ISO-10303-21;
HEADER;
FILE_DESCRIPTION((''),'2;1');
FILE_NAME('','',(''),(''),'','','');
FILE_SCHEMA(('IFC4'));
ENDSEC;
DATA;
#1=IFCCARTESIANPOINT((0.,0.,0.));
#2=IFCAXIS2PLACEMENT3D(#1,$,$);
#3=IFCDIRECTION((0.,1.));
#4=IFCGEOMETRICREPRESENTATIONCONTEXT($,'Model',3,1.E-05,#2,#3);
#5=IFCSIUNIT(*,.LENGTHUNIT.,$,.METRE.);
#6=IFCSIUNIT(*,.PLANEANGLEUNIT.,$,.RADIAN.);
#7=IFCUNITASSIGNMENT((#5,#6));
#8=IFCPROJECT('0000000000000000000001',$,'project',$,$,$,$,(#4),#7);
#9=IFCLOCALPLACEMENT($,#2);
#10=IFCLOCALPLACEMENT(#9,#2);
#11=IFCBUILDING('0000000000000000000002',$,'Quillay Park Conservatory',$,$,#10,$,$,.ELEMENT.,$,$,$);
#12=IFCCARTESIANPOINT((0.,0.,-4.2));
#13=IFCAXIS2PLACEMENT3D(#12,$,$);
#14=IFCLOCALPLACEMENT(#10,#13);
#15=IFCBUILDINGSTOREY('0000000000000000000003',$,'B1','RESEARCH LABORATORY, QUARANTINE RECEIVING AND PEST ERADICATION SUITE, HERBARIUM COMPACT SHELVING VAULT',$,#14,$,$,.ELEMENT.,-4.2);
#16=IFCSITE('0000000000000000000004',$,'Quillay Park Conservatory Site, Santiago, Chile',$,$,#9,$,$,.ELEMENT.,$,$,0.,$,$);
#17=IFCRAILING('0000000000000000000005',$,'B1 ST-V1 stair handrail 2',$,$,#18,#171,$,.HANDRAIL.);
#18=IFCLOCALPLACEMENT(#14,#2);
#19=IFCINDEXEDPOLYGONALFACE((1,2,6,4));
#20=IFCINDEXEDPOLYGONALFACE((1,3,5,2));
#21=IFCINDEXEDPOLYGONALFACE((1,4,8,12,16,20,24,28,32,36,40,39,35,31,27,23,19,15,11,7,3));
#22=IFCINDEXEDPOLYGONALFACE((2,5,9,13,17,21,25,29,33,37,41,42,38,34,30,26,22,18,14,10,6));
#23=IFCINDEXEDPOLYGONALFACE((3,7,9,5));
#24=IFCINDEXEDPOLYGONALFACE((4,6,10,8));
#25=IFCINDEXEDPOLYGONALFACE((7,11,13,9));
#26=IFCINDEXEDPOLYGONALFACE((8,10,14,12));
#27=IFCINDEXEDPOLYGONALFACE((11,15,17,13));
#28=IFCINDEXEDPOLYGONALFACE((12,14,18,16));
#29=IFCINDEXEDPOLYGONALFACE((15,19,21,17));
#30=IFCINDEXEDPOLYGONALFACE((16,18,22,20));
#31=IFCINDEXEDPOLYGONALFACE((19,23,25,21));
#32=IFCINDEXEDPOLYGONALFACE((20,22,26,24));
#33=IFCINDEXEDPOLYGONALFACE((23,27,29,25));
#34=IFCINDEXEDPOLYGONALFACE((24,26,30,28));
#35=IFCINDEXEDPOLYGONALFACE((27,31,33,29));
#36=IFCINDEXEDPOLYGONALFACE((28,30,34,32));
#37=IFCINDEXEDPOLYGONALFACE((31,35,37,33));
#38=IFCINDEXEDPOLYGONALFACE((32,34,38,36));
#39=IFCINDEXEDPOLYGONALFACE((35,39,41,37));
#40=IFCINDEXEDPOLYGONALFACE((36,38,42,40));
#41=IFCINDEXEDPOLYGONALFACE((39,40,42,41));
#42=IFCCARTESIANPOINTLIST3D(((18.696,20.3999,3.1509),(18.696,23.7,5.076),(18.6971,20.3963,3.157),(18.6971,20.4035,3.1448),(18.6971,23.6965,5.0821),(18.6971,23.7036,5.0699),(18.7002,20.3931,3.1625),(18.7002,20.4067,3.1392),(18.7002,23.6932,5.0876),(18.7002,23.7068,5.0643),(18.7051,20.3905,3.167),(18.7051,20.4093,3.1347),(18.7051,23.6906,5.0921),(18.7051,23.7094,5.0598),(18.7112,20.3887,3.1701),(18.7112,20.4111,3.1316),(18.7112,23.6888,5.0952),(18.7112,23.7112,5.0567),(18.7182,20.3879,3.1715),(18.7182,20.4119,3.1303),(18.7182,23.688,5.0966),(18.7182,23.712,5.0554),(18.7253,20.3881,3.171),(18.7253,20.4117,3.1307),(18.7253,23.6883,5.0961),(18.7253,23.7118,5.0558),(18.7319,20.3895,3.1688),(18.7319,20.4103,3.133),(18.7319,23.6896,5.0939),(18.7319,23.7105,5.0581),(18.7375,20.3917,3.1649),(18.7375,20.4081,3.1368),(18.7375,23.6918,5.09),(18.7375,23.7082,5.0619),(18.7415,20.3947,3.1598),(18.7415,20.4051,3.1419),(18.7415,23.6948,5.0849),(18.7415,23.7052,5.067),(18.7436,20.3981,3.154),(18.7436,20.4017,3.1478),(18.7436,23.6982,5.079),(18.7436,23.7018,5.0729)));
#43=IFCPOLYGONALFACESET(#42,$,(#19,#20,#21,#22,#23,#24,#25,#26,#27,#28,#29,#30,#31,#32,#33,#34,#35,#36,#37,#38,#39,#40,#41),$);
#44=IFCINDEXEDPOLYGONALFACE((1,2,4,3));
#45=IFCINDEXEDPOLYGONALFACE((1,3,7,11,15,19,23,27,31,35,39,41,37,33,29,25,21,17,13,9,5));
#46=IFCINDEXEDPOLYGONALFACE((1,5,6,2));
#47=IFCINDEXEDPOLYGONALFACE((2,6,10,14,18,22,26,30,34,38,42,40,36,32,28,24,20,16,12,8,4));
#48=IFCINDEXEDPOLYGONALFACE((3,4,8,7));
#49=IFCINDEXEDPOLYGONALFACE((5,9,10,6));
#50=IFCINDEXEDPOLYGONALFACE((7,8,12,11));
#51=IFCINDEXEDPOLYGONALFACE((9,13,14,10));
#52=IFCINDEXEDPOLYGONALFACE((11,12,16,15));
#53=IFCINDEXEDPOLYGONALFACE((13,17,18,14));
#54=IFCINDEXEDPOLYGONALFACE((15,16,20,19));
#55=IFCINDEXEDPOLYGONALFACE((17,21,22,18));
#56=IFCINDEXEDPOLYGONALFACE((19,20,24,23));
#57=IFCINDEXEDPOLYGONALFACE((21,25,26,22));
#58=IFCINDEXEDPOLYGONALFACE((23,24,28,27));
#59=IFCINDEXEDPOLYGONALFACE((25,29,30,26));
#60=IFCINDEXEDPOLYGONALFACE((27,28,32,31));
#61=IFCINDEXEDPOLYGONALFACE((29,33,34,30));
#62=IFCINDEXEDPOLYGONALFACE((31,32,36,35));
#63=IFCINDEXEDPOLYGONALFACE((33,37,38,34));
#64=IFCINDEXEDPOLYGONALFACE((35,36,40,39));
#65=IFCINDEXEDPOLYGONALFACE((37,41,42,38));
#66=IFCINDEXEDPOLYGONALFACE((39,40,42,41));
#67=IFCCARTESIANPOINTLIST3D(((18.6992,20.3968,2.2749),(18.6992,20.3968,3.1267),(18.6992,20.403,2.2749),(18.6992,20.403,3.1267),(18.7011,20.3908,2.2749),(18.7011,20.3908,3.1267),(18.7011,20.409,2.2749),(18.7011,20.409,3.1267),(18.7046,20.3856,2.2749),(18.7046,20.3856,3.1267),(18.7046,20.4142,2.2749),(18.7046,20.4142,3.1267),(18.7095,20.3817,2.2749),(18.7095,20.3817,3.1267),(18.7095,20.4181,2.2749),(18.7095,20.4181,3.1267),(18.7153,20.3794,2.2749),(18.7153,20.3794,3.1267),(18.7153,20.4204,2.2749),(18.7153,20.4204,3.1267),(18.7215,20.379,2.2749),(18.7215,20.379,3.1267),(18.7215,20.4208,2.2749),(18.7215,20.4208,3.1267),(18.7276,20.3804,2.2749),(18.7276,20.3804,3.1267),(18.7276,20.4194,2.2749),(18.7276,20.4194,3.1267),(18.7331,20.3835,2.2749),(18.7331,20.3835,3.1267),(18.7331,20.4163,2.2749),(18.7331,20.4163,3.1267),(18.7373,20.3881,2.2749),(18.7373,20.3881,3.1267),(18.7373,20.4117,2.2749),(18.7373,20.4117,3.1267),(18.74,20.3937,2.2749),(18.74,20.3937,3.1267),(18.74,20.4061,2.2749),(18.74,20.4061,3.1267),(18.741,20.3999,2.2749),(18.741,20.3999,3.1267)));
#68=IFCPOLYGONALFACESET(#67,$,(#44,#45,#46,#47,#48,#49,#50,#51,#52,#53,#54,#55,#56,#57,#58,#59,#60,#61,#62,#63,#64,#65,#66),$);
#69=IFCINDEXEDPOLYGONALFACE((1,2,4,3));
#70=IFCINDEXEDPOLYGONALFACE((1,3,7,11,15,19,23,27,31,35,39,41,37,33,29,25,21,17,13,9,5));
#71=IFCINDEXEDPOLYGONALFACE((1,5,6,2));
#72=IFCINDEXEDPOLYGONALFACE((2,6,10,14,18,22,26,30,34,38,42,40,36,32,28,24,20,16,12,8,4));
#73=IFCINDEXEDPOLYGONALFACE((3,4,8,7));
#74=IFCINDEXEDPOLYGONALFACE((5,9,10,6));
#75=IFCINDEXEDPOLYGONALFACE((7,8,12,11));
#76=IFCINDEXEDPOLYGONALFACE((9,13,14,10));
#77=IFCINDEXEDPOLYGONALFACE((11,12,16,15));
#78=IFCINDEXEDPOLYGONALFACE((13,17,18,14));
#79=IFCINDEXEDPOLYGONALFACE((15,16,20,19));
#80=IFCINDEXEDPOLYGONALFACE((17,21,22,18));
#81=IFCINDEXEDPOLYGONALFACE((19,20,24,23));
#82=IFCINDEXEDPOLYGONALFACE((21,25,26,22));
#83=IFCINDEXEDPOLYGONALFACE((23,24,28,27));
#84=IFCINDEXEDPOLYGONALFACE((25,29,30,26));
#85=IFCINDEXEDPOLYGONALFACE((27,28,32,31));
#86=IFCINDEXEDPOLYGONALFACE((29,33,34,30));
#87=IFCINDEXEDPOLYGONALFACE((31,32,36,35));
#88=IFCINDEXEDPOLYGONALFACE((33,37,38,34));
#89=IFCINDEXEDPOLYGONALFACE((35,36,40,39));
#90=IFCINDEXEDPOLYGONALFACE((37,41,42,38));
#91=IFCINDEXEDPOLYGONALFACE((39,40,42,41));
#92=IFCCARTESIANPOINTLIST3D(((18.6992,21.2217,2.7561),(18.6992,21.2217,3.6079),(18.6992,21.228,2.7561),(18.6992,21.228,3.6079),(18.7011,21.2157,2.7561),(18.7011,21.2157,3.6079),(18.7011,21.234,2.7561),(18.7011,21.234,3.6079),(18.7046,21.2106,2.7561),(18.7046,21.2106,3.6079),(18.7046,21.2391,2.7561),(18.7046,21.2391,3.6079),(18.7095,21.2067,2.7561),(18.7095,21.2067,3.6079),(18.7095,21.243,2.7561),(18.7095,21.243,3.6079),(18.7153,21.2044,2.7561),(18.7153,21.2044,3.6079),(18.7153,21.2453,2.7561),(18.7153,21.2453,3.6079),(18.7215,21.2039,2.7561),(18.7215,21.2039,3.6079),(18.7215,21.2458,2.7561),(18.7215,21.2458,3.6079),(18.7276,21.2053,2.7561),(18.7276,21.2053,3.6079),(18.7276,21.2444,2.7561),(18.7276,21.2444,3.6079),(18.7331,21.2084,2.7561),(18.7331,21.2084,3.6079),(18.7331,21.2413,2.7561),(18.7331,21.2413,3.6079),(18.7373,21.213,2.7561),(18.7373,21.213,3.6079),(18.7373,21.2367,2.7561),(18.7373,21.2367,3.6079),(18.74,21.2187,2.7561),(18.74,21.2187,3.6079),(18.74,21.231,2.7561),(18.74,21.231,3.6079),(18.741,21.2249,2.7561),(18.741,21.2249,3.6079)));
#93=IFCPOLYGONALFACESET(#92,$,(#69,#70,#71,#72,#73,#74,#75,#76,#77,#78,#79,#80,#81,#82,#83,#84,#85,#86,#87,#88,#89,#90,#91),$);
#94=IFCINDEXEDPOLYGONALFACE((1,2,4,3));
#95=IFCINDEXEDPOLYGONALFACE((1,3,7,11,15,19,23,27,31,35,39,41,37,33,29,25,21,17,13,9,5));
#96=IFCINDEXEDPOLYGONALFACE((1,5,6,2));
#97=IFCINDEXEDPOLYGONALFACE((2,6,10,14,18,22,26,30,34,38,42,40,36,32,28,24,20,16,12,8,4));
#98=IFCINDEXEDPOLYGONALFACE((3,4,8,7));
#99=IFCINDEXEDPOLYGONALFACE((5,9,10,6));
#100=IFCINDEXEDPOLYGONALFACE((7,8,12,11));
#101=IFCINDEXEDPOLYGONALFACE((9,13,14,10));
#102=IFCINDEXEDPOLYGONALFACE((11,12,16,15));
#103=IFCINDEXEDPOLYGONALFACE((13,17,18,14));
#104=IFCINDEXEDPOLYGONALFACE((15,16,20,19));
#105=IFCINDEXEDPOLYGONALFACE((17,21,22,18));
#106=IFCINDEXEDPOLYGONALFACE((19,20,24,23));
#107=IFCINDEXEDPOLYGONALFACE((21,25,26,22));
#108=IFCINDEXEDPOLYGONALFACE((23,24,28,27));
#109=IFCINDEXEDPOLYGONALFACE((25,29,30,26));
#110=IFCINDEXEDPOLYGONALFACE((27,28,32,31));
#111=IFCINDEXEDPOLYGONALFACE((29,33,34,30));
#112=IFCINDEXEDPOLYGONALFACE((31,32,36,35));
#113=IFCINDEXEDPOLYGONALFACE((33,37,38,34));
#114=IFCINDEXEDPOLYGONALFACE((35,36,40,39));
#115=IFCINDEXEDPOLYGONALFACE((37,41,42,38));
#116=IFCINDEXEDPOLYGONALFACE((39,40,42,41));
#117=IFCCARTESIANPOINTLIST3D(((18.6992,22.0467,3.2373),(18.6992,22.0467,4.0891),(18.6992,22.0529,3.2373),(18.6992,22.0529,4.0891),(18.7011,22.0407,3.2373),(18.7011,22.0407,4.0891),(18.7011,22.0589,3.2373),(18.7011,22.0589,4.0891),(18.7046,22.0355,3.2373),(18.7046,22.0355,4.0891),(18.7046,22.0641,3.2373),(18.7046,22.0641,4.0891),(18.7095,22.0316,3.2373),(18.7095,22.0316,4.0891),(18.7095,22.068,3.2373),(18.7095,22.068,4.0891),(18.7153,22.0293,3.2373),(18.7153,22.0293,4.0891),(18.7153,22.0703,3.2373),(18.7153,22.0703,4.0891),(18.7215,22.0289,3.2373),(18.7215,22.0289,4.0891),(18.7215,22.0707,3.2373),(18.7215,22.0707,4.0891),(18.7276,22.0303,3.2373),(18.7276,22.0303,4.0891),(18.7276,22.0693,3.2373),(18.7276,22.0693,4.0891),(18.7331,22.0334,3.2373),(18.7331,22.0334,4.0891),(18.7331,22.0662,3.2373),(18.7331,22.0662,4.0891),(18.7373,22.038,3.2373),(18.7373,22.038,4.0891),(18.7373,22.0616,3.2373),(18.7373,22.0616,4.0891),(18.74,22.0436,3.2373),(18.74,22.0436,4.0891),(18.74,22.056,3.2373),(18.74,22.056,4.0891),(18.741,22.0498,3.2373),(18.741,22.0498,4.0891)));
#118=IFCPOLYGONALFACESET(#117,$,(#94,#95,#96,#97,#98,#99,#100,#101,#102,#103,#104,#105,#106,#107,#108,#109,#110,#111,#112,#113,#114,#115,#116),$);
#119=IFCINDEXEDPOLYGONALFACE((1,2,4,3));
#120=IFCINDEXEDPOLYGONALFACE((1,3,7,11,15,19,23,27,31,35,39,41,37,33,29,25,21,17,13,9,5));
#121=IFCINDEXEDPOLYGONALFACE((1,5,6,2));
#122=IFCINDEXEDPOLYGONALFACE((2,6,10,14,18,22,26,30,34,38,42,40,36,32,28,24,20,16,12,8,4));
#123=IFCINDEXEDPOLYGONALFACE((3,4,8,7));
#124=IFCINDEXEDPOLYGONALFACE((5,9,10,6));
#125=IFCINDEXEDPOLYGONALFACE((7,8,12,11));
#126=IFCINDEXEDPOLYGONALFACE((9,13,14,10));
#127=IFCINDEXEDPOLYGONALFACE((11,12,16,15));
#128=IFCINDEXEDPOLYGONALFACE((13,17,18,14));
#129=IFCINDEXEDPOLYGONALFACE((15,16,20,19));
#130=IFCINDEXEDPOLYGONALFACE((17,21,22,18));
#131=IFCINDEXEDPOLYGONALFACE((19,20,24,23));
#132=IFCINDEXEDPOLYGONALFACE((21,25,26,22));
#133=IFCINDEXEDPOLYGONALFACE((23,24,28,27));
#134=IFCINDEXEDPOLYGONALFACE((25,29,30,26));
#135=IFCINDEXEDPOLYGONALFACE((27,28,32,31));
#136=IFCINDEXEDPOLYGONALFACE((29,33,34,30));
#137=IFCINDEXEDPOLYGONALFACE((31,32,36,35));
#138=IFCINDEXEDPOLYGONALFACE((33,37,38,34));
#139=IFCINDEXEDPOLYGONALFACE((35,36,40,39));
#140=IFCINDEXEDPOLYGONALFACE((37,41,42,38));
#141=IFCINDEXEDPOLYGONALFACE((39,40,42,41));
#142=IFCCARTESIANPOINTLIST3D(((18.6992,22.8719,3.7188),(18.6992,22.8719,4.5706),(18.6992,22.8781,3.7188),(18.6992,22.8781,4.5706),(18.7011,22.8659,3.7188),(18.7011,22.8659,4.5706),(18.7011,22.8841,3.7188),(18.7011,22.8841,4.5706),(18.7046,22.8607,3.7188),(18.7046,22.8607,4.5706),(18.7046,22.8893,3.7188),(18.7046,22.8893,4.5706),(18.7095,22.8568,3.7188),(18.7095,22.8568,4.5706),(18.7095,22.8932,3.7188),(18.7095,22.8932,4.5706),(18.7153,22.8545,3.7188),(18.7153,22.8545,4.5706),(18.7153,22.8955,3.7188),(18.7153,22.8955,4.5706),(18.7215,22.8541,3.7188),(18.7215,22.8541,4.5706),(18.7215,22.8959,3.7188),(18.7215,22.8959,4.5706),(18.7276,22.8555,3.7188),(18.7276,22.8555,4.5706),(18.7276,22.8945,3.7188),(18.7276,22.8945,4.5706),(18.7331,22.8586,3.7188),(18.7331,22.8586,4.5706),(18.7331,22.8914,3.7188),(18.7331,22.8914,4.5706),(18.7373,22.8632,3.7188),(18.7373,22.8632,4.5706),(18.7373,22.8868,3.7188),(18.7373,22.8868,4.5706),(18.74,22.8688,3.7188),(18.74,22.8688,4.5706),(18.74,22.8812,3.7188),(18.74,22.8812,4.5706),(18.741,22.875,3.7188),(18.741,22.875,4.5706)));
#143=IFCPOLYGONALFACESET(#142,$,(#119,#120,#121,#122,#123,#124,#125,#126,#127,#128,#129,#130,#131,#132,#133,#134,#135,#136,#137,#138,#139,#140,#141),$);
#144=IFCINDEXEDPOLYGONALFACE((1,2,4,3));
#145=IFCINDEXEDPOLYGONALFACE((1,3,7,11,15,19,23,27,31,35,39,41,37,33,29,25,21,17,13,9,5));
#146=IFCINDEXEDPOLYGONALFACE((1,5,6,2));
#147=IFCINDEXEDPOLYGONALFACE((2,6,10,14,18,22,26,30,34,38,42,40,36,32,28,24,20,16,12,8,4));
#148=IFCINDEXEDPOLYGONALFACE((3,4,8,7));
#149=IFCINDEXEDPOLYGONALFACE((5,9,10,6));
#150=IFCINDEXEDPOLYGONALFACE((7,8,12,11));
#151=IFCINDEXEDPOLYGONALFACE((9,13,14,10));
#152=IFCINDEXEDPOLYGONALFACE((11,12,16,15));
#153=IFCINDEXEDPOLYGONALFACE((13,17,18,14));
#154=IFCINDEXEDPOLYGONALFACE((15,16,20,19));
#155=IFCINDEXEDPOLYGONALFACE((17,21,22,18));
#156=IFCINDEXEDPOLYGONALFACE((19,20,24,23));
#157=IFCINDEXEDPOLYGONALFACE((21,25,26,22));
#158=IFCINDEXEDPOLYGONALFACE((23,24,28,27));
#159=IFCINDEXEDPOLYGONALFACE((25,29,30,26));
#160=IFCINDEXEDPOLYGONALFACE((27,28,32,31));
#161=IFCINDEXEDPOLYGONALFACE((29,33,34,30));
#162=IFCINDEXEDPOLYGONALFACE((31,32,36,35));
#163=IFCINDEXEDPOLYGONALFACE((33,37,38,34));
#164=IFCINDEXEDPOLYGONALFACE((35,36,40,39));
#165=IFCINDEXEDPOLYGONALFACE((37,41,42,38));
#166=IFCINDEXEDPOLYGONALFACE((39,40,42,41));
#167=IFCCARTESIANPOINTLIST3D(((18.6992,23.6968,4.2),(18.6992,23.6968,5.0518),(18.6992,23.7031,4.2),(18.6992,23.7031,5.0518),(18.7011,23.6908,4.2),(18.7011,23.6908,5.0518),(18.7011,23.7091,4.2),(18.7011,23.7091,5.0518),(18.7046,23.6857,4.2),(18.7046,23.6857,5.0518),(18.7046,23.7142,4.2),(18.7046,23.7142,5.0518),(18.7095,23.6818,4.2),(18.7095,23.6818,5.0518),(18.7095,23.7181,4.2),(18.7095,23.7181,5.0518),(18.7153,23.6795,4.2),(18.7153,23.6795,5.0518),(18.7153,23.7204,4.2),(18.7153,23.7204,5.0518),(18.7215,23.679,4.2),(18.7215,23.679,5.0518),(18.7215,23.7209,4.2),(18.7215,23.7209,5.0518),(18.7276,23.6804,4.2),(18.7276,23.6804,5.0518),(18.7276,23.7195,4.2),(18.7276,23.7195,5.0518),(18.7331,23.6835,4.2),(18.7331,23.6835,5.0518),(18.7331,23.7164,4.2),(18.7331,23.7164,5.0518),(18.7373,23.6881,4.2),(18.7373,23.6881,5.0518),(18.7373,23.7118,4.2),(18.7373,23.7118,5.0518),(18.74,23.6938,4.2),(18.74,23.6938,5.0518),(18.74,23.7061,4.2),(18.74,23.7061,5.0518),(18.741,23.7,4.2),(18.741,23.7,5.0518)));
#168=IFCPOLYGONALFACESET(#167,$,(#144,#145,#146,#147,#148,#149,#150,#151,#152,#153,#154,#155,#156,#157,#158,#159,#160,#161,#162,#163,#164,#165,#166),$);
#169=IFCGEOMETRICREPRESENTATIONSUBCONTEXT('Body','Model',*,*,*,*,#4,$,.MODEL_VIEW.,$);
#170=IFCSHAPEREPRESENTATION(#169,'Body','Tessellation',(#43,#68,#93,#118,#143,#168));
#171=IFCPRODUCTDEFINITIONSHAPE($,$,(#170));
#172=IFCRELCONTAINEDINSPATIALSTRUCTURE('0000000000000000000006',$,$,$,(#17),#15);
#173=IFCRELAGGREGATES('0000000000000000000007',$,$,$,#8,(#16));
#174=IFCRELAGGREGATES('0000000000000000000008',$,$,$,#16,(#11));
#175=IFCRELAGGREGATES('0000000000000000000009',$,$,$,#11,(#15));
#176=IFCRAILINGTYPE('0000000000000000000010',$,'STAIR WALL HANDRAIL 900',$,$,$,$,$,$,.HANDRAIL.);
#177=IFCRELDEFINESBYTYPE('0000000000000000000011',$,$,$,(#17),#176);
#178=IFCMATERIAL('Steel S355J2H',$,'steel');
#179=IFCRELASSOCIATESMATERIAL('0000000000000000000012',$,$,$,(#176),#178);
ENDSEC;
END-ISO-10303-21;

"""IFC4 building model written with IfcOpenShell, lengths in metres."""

from ifc_helpers import new_model, si_unit, direction, frame, origin, origin_2d, place, context, subcontext, project, spatial, circle, extrude, material, type_object, element, save


model = new_model("IFC4")

# Units and contexts
model_context = context("Model", 3, precision=1e-05, world=origin(), true_north=direction((0.0, 1.0)))
body_context = subcontext(model_context, "Body", "Model", "MODEL_VIEW")
ifc_project = project(units=[si_unit("LENGTHUNIT", "METRE"), si_unit("PLANEANGLEUNIT", "RADIAN")], contexts=[model_context])

# Site, building, storey
site_placement = place(None, origin())
site = spatial("IfcSite", under=ifc_project, at=site_placement, Name="Quillay Park Conservatory Site, Santiago, Chile", CompositionType="ELEMENT", RefElevation=0.0)
building_placement = place(site_placement, origin())
building = spatial("IfcBuilding", under=site, at=building_placement, Name="Quillay Park Conservatory", CompositionType="ELEMENT")
storey_placement = place(building_placement, frame((0.0, 0.0, -4.2)))
storey = spatial("IfcBuildingStorey", under=building, at=storey_placement, Name="B1", Description="RESEARCH LABORATORY, QUARANTINE RECEIVING AND PEST ERADICATION SUITE, HERBARIUM COMPACT SHELVING VAULT", CompositionType="ELEMENT", Elevation=-4.2)

# Railing
ifc_material_1 = material(Name="Steel S355J2H", Category="steel")
railing_type_1 = type_object("IfcRailingType", Name="STAIR WALL HANDRAIL 900", PredefinedType="HANDRAIL", material=ifc_material_1)
railing_1_placement = place(storey_placement, frame((18.72, 20.3999, 2.2749)))
element("IfcRailing", 1, at=railing_1_placement, inside=storey, type_object=railing_type_1, Name="B1 ST-V1 stair handrail 2", PredefinedType="HANDRAIL", context=body_context, shape_type="SweptSolid", body=[
    extrude(circle(Radius=0.0239, at=origin_2d()), frame((0.0, 0.0, 0.876), z_axis=(0.0, 0.863777, 0.503875), x_axis=(-1.0, 0.0, 0.0)), (0.0, 0.0, 1.0), 3.8206),
    extrude(circle(Radius=0.021, at=origin_2d()), origin(), (0.0, 0.0, 1.0), 0.8518),
    extrude(circle(Radius=0.021, at=origin_2d()), frame((0.0, 0.825, 0.4812)), (0.0, 0.0, 1.0), 0.8518),
    extrude(circle(Radius=0.021, at=origin_2d()), frame((0.0, 1.6499, 0.9624)), (0.0, 0.0, 1.0), 0.8518),
    extrude(circle(Radius=0.021, at=origin_2d()), frame((0.0, 2.4751, 1.4438)), (0.0, 0.0, 1.0), 0.8518),
    extrude(circle(Radius=0.021, at=origin_2d()), frame((0.0, 3.3, 1.925)), (0.0, 0.0, 1.0), 0.8518),
])

save(model, "model.ifc")
